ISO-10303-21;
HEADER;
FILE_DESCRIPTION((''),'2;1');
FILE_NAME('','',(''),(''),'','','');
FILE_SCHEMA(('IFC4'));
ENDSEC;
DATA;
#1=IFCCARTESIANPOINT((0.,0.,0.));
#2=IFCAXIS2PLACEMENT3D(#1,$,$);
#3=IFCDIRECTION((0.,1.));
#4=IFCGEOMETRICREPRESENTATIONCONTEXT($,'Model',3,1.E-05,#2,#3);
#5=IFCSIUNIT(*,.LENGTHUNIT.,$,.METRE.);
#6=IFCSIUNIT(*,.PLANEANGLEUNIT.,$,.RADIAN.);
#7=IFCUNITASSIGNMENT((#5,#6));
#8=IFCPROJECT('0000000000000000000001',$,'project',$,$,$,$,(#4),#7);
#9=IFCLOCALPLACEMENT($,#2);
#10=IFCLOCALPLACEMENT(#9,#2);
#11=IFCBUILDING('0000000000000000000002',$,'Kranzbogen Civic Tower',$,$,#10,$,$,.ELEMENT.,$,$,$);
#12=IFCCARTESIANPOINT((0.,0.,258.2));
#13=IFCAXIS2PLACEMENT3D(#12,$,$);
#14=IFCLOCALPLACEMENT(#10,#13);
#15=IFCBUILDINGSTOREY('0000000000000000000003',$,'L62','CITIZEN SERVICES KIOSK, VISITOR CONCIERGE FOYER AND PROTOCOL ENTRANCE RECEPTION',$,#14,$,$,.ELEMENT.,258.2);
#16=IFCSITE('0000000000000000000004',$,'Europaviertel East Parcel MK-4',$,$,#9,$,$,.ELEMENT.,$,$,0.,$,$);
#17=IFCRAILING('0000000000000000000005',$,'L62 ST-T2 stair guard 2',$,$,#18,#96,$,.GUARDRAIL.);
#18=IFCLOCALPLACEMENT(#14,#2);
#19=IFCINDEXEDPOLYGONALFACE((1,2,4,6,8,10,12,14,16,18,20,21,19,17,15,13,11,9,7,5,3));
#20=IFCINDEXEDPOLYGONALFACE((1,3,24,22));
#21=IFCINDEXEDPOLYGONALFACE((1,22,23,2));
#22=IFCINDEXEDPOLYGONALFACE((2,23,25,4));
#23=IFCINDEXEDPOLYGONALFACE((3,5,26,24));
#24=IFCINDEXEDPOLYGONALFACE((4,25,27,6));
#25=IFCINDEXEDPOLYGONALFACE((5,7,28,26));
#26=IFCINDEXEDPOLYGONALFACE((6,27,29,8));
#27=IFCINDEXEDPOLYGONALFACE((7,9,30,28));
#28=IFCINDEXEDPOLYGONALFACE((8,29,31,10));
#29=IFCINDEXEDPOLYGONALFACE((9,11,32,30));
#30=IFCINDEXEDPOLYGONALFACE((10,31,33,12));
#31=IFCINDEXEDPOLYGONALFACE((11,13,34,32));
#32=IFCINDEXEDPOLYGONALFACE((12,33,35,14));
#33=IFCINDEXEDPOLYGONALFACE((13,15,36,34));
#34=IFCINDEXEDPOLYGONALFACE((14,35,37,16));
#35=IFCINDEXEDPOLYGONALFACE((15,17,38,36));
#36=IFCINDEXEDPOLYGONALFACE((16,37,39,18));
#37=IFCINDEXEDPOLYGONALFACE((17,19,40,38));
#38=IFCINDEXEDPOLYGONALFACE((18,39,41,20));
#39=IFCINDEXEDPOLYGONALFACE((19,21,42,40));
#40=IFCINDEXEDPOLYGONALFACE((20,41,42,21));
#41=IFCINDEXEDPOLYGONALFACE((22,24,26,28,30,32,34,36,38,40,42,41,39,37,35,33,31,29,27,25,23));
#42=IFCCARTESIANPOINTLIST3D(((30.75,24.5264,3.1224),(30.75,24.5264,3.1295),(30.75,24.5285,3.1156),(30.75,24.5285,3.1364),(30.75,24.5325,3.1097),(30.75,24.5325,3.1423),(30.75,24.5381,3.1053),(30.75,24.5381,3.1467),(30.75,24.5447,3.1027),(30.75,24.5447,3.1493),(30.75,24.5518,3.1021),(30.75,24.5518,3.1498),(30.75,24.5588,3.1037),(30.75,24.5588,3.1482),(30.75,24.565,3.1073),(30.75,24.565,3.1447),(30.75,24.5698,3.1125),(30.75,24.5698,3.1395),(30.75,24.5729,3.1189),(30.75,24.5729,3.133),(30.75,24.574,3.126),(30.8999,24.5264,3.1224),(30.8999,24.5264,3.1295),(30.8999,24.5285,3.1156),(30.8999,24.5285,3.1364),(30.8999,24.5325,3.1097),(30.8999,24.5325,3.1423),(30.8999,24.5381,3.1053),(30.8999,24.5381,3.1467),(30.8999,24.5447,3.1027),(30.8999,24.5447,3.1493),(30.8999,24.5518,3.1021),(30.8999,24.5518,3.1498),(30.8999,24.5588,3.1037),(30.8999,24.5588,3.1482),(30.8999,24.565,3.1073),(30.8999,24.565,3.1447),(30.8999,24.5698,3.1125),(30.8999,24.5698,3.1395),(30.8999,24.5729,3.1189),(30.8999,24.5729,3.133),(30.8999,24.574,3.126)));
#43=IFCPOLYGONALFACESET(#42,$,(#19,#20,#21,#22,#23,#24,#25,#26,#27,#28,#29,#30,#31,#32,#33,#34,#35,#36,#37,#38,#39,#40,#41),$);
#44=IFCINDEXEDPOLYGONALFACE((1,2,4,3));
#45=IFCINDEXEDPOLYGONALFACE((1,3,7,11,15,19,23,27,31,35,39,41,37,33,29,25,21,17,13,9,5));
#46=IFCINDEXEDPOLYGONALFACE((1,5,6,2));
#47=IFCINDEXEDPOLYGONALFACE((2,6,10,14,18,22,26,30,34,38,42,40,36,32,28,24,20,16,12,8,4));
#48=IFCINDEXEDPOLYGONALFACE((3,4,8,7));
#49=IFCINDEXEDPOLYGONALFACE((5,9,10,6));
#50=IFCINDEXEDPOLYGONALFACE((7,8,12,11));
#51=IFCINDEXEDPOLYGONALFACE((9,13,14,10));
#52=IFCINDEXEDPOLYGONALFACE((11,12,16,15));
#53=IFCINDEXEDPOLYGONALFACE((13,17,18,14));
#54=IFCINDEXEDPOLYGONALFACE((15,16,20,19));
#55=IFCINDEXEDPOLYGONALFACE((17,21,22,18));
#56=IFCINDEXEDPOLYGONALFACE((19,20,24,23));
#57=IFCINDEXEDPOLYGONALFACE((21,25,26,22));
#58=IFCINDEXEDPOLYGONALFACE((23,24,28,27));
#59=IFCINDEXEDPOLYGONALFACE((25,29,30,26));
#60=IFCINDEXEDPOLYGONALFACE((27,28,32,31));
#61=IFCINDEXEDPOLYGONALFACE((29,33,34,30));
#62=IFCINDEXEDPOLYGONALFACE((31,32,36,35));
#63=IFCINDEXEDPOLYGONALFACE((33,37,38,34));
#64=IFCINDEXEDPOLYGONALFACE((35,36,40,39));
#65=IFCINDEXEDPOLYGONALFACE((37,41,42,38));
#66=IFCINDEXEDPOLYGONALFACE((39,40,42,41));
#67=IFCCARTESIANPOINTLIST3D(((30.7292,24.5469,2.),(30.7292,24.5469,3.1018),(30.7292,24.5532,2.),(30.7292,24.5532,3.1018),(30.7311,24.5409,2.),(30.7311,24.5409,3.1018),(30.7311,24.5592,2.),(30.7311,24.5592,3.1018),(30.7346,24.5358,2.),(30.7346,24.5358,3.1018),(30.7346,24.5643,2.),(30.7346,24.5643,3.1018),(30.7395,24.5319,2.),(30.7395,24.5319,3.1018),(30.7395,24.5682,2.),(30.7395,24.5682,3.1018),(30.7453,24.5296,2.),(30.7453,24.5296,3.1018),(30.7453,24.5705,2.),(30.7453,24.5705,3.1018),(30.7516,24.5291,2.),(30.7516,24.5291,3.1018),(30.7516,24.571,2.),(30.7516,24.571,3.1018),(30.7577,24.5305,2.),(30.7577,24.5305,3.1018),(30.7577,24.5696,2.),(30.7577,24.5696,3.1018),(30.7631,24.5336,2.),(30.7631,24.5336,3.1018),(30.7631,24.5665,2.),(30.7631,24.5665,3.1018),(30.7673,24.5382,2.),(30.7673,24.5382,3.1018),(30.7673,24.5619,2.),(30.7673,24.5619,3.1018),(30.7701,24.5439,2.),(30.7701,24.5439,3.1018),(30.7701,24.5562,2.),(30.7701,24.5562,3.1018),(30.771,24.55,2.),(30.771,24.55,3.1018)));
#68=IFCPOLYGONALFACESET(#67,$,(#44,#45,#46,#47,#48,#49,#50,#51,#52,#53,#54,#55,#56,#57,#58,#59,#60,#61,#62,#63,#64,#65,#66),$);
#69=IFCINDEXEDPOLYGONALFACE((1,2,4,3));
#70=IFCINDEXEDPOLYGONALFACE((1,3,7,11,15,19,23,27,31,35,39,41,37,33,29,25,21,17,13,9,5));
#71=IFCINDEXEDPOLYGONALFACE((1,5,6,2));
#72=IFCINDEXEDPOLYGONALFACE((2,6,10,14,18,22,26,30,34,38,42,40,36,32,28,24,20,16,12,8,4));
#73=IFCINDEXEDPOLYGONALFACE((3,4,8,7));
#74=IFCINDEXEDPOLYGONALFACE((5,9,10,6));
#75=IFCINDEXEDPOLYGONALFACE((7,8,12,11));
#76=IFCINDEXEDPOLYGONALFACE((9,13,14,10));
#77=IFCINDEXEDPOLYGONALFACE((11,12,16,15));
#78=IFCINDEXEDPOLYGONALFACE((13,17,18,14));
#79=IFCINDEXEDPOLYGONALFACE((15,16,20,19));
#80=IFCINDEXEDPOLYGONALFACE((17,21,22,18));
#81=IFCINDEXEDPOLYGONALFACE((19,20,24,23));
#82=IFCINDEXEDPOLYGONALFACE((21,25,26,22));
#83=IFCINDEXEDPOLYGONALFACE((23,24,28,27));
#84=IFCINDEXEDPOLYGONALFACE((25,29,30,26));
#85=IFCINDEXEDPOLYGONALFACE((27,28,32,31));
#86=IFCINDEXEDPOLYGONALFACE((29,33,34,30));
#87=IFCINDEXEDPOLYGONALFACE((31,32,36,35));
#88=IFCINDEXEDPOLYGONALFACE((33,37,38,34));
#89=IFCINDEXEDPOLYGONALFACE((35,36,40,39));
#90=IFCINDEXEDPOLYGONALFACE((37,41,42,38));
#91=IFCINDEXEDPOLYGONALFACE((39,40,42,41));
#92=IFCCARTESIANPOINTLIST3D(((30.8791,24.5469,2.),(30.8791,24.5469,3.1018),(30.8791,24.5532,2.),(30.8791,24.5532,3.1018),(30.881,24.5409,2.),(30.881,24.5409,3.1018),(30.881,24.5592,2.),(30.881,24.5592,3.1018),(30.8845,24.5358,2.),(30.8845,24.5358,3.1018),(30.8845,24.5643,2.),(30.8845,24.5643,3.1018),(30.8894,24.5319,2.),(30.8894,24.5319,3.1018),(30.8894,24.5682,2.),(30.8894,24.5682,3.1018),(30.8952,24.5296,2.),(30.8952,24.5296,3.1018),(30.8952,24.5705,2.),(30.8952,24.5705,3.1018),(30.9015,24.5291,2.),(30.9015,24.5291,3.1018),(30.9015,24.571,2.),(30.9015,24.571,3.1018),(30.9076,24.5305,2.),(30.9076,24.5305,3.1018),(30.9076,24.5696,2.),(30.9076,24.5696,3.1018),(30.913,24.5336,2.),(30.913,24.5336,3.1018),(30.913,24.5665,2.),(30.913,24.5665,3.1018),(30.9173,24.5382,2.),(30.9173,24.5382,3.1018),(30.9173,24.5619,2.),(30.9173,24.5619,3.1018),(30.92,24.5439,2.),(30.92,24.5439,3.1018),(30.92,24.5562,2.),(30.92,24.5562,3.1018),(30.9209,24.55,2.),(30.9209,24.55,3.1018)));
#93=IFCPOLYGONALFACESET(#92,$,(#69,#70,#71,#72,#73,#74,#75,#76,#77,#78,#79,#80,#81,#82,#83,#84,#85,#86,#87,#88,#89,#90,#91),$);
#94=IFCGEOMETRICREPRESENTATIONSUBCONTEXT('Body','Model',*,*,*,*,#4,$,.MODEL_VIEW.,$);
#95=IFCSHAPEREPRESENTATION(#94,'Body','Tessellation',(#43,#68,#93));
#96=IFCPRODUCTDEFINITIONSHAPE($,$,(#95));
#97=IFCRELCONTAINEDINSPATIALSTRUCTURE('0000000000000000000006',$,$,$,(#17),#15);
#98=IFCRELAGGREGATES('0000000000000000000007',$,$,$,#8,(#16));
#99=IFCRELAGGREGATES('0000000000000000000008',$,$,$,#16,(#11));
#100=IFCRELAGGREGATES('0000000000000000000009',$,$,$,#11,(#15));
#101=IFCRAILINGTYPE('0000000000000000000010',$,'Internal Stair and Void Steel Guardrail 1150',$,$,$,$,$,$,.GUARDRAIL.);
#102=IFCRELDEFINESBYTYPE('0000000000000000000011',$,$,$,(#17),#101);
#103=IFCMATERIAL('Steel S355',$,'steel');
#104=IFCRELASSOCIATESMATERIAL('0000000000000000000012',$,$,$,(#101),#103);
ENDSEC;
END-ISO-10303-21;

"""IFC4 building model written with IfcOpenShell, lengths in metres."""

from ifc_helpers import new_model, si_unit, direction, frame, origin, origin_2d, place, context, subcontext, project, spatial, circle, extrude, material, type_object, element, save


model = new_model("IFC4")

# Units and contexts
model_context = context("Model", 3, precision=1e-05, world=origin(), true_north=direction((0.0, 1.0)))
body_context = subcontext(model_context, "Body", "Model", "MODEL_VIEW")
ifc_project = project(units=[si_unit("LENGTHUNIT", "METRE"), si_unit("PLANEANGLEUNIT", "RADIAN")], contexts=[model_context])

# Site, building, storey
site_placement = place(None, origin())
site = spatial("IfcSite", under=ifc_project, at=site_placement, Name="Europaviertel East Parcel MK-4", CompositionType="ELEMENT", RefElevation=0.0)
building_placement = place(site_placement, origin())
building = spatial("IfcBuilding", under=site, at=building_placement, Name="Kranzbogen Civic Tower", CompositionType="ELEMENT")
storey_placement = place(building_placement, frame((0.0, 0.0, 258.2)))
storey = spatial("IfcBuildingStorey", under=building, at=storey_placement, Name="L62", Description="CITIZEN SERVICES KIOSK, VISITOR CONCIERGE FOYER AND PROTOCOL ENTRANCE RECEPTION", CompositionType="ELEMENT", Elevation=258.2)

# Shared definitions
ifc_material_1 = material(Name="Steel S355", Category="steel")

# Railing
railing_type = type_object("IfcRailingType", Name="Internal Stair and Void Steel Guardrail 1150", PredefinedType="GUARDRAIL", material=ifc_material_1)
railing_1_placement = place(storey_placement, frame((30.75, 24.55, 2.0)))
element("IfcRailing", 1, at=railing_1_placement, inside=storey, type_object=railing_type, Name="L62 ST-T2 stair guard 2", PredefinedType="GUARDRAIL", context=body_context, shape_type="SweptSolid", body=[
    extrude(circle(Radius=0.0239, at=origin_2d()), frame((0.0, 0.0, 1.126), z_axis=(1.0, 0.0, 0.0), x_axis=(0.0, 1.0, 0.0)), (0.0, 0.0, 1.0), 0.1499),
    extrude(circle(Radius=0.021, at=origin_2d()), origin(), (0.0, 0.0, 1.0), 1.1018),
    extrude(circle(Radius=0.021, at=origin_2d()), frame((0.1499, 0.0, 0.0)), (0.0, 0.0, 1.0), 1.1018),
])

save(model, "model.ifc")
